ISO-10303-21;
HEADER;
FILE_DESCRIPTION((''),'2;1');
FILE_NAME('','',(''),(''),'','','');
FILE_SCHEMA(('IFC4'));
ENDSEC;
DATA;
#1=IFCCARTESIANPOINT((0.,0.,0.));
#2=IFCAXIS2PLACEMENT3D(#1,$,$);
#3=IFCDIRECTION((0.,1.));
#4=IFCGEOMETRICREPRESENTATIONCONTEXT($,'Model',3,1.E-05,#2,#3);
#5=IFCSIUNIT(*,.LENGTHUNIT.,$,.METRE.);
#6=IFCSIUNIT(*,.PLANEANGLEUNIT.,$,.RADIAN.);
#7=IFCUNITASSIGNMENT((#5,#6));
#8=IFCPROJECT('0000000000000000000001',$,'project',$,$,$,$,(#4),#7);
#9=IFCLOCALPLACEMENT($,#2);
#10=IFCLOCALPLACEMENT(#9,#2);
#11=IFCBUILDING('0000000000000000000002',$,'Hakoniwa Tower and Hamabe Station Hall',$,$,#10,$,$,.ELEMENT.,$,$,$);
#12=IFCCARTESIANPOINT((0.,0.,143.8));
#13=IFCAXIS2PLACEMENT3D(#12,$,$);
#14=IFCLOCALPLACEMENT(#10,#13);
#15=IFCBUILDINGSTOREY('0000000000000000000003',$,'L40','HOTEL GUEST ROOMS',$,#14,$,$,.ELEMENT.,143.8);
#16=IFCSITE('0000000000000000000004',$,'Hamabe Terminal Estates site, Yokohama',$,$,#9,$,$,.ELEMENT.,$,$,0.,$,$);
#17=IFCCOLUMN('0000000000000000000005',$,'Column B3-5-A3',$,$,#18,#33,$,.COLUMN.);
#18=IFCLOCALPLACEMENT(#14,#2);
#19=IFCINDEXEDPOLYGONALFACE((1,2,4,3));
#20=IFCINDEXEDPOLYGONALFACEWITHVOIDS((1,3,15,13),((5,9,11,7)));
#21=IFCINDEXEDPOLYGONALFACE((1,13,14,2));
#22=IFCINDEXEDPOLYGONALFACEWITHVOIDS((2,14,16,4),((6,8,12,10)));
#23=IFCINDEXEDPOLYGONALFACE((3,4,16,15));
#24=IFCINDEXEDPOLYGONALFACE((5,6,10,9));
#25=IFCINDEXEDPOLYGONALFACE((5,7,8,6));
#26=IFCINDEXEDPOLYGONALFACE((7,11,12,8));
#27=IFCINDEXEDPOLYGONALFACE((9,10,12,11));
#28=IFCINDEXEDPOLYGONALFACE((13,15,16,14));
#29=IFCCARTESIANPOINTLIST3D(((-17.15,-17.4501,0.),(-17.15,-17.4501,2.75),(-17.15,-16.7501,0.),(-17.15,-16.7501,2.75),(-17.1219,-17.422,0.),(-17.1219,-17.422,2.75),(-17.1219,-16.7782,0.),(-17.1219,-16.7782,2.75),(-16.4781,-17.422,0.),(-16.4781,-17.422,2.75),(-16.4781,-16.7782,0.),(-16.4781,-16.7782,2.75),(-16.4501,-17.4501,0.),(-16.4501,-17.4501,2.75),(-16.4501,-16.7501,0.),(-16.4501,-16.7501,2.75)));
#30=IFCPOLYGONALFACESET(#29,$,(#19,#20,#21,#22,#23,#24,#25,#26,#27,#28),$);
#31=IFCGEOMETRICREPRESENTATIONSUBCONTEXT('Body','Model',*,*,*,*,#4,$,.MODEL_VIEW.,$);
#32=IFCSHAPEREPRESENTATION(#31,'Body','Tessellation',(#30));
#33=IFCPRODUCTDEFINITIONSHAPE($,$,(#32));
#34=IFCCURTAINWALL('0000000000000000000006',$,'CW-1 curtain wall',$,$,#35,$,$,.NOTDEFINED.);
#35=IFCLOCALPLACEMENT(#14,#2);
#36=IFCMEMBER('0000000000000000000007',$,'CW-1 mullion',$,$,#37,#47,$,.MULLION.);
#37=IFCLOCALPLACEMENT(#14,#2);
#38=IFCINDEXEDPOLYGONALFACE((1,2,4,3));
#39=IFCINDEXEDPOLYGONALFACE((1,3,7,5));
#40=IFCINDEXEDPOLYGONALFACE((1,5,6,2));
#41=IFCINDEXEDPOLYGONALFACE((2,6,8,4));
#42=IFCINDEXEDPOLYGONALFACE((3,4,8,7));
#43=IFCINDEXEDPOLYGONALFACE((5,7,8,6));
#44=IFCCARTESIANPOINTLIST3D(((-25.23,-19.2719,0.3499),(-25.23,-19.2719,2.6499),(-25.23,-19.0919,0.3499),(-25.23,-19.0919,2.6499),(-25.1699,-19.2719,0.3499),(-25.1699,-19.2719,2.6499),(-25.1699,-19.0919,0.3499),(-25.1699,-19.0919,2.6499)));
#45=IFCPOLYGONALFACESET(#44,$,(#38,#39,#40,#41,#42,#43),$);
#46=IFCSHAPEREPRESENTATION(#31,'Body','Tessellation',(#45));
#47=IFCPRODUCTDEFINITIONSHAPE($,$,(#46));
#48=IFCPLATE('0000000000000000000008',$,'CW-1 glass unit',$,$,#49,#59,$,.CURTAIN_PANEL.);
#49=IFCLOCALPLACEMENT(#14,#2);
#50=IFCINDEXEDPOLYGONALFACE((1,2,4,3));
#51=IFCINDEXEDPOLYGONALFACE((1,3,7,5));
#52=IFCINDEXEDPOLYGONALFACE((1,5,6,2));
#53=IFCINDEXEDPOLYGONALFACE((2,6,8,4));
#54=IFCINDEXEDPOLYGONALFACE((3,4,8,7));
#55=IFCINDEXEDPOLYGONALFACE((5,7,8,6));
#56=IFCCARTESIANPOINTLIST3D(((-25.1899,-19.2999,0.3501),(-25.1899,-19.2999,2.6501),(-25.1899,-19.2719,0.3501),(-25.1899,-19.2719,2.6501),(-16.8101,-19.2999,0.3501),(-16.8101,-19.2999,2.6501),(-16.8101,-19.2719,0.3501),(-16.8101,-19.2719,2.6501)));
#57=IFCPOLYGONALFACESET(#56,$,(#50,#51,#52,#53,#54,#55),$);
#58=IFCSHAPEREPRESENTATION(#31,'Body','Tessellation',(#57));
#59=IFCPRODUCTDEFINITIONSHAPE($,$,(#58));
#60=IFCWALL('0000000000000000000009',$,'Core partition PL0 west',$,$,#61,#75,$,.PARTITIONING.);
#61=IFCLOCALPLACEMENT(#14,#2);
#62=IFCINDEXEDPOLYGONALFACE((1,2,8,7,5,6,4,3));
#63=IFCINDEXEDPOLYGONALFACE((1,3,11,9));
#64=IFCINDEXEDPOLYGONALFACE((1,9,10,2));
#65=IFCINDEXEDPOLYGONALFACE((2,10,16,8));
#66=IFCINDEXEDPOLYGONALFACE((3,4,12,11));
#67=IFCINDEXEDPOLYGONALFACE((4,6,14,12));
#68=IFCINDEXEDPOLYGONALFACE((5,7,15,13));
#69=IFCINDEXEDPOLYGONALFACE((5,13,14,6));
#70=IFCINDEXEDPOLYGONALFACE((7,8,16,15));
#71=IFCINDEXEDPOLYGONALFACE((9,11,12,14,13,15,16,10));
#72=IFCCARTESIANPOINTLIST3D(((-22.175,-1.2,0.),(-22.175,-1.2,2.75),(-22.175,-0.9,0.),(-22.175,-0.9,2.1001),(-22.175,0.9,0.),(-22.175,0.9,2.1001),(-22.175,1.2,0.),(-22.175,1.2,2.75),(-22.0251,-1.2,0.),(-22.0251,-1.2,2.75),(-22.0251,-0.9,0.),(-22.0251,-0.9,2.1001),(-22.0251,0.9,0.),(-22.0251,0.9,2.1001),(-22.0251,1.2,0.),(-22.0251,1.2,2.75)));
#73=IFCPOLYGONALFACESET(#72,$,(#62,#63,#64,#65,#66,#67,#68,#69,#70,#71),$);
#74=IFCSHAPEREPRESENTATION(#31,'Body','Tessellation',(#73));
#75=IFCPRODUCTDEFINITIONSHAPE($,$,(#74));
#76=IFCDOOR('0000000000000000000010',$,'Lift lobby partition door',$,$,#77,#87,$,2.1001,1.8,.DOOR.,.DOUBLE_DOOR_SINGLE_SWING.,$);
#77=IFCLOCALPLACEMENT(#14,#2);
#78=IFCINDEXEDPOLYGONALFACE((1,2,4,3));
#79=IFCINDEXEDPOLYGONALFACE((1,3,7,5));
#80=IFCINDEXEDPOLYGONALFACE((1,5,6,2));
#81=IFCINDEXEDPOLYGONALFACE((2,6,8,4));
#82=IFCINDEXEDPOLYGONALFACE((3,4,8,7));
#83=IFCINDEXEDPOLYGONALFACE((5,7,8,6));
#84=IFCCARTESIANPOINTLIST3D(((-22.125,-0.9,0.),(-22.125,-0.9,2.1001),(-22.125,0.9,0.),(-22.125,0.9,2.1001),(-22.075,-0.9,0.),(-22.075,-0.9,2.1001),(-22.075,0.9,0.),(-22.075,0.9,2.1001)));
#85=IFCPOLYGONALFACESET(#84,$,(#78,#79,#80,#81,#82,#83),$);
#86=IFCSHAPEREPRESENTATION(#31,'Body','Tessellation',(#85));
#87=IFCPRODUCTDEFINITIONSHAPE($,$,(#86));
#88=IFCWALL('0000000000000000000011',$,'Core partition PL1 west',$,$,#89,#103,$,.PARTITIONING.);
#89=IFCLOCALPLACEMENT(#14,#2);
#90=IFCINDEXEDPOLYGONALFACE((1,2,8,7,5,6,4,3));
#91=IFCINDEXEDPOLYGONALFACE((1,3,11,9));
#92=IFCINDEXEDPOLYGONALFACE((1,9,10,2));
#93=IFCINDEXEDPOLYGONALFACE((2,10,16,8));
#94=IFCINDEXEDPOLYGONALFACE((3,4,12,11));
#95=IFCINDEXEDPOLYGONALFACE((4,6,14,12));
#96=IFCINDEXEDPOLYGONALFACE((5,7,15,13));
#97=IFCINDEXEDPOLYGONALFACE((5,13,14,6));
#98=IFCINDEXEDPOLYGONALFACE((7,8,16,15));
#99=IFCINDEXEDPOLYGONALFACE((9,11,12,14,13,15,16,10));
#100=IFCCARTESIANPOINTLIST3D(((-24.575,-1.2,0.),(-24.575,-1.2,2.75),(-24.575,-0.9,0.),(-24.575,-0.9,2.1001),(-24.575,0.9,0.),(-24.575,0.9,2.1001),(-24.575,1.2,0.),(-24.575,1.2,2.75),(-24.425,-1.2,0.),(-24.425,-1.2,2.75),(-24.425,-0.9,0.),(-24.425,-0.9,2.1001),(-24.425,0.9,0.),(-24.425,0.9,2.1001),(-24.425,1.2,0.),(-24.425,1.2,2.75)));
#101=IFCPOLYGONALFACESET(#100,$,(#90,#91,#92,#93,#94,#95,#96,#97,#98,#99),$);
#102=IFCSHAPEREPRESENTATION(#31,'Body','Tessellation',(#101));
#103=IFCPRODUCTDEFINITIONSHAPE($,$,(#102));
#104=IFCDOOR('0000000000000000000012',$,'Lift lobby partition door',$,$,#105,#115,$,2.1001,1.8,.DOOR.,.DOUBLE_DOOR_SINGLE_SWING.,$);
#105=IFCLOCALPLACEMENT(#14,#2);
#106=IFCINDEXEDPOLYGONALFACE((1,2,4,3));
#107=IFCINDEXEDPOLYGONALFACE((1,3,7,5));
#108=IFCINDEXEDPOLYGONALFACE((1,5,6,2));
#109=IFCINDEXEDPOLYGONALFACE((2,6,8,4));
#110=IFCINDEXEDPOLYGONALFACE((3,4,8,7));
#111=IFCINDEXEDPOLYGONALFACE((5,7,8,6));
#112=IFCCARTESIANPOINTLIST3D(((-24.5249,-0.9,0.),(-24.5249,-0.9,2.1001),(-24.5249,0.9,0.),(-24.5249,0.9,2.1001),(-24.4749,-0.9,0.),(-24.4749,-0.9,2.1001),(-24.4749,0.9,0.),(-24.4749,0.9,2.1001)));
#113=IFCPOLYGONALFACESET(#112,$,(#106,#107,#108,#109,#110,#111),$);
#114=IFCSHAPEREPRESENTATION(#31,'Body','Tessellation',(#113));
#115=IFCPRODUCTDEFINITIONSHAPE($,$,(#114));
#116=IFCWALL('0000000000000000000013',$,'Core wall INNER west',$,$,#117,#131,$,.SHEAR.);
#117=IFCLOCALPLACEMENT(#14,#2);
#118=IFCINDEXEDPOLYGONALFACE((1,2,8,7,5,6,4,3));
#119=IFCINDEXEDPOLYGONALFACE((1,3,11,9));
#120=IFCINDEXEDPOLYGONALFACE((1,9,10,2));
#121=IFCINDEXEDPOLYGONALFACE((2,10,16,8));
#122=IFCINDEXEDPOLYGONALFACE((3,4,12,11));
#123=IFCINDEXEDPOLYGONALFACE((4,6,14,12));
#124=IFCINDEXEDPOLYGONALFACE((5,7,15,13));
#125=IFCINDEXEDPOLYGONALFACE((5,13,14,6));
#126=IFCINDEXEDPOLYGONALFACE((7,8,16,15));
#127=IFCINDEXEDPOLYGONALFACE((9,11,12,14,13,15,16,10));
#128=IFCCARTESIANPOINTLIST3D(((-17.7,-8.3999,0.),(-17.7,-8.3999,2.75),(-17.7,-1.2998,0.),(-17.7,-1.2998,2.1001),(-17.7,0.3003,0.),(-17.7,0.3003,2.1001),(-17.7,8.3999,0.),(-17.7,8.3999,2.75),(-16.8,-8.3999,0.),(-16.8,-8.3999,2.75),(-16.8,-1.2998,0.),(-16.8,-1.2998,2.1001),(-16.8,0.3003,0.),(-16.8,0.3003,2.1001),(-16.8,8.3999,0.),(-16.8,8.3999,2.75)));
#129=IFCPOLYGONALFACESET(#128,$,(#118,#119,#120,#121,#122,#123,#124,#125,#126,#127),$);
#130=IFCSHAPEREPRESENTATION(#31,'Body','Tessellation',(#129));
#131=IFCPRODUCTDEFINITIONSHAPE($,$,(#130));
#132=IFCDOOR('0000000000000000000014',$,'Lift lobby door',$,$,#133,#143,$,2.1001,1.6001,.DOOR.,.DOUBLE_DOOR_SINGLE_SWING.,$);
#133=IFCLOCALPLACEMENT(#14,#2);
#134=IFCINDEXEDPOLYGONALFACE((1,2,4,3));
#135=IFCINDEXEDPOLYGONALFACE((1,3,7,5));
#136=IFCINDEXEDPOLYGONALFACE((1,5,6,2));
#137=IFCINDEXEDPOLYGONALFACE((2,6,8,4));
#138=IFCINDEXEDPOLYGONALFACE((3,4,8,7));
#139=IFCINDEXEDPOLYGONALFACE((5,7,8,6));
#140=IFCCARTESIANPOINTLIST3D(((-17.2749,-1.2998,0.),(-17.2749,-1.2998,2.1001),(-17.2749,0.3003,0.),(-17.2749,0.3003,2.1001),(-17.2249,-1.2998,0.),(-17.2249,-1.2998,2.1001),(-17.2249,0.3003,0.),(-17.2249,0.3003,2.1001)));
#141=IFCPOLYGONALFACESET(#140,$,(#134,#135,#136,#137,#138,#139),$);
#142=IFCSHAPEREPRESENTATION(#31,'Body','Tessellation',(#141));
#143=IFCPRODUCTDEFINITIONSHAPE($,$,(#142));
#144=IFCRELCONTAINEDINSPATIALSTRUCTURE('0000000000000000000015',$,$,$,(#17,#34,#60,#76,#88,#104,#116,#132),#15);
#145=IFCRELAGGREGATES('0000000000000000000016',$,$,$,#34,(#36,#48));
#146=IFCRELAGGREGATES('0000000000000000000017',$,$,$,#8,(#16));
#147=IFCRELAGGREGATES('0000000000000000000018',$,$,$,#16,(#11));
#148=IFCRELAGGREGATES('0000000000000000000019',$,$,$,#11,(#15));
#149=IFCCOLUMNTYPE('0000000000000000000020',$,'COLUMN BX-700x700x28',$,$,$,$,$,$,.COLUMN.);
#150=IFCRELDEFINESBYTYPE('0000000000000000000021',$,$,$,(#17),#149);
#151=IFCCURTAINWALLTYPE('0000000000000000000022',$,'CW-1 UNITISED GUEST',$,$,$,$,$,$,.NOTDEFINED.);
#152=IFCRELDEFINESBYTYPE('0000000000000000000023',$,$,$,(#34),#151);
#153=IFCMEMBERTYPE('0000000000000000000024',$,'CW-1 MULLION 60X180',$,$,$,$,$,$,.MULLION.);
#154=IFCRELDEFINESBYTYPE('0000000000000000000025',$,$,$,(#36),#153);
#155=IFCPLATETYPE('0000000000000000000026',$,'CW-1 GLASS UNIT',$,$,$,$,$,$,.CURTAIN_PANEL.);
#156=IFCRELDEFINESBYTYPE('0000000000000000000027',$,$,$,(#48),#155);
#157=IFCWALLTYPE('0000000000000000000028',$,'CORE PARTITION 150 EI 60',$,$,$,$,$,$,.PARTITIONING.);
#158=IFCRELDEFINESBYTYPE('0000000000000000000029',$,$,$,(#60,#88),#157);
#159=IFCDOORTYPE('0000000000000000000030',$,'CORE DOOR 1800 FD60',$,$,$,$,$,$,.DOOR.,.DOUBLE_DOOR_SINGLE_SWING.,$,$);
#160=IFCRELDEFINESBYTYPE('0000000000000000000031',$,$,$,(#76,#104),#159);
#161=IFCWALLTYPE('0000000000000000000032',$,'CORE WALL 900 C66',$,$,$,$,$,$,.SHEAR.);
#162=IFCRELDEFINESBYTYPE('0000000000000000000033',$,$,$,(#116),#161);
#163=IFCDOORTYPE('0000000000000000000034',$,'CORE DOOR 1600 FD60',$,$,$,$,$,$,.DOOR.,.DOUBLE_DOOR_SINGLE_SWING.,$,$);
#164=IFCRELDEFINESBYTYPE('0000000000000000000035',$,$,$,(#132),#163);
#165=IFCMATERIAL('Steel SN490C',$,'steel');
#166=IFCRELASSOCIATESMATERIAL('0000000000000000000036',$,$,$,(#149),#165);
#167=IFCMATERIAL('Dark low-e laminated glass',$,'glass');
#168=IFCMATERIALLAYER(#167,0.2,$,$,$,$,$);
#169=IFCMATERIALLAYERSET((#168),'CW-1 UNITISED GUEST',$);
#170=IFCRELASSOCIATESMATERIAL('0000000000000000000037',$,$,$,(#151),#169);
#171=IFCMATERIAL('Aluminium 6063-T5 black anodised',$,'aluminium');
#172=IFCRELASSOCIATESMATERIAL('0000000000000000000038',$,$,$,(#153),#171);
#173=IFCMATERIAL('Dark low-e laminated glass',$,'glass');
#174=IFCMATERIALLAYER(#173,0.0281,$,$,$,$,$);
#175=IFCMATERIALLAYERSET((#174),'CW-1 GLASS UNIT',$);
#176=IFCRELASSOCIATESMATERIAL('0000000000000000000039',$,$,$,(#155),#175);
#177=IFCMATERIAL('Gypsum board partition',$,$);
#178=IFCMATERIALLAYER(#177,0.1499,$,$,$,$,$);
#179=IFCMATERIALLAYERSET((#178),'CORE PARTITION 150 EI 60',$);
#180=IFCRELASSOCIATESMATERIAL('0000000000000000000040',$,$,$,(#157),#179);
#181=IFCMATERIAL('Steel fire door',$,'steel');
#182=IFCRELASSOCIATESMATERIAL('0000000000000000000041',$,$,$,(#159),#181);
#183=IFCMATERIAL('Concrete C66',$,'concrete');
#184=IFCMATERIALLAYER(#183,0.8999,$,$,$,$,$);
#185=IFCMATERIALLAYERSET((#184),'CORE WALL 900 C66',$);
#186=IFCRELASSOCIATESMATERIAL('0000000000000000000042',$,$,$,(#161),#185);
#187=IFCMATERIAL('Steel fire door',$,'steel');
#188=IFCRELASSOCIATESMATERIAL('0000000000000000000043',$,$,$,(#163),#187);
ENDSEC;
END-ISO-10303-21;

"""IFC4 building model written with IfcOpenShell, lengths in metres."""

from ifc_helpers import new_model, si_unit, direction, frame, frame_2d, origin, origin_2d, place, context, subcontext, project, spatial, rectangle, hollow_rectangle, extrude, material, layer, layer_set, material_profile, profile_set, type_object, element, fill, aggregate, save


model = new_model("IFC4")

# Units and contexts
model_context = context("Model", 3, precision=1e-05, world=origin(), true_north=direction((0.0, 1.0)))
body_context = subcontext(model_context, "Body", "Model", "MODEL_VIEW")
ifc_project = project(units=[si_unit("LENGTHUNIT", "METRE"), si_unit("PLANEANGLEUNIT", "RADIAN")], contexts=[model_context])

# Site, building, storey
site_placement = place(None, origin())
site = spatial("IfcSite", under=ifc_project, at=site_placement, Name="Hamabe Terminal Estates site, Yokohama", CompositionType="ELEMENT", RefElevation=0.0)
building_placement = place(site_placement, origin())
building = spatial("IfcBuilding", under=site, at=building_placement, Name="Hakoniwa Tower and Hamabe Station Hall", CompositionType="ELEMENT")
storey_placement = place(building_placement, frame((0.0, 0.0, 143.8)))
storey = spatial("IfcBuildingStorey", under=building, at=storey_placement, Name="L40", Description="HOTEL GUEST ROOMS", CompositionType="ELEMENT", Elevation=143.8)

# Column
ifc_material_1 = material(Name="Steel SN490C", Category="steel")
ifc_material_profile_1 = material_profile(ifc_material_1, hollow_rectangle(XDim=0.7, YDim=0.7, WallThickness=0.0281, at=origin_2d()), Name="BX-700x700x28")
ifc_profile_set_1 = profile_set([ifc_material_profile_1], Name="Steel SN490C")
column_type = type_object("IfcColumnType", Name="COLUMN BX-700x700x28", PredefinedType="COLUMN", material=ifc_profile_set_1)
column_placement = place(storey_placement, frame((-16.8, -17.1001, 0.0), z_axis=(0.0, 0.0, 1.0), x_axis=(1.0, 0.0, 0.0)))
element("IfcColumn", 1, at=column_placement, inside=storey, type_object=column_type, Name="Column B3-5-A3", PredefinedType="COLUMN", context=body_context, shape_type="SweptSolid", body=[
    extrude(hollow_rectangle(XDim=0.7, YDim=0.7, WallThickness=0.0281, at=origin_2d()), origin(), (0.0, 0.0, 1.0), 2.75),
])

# Curtain wall, member, plate
ifc_material_2 = material(Name="Dark low-e laminated glass", Category="glass")
ifc_layer_1 = layer(ifc_material_2, 0.2)
ifc_layer_set_1 = layer_set([ifc_layer_1], Name="CW-1 UNITISED GUEST")
curtain_wall_type = type_object("IfcCurtainWallType", Name="CW-1 UNITISED GUEST", PredefinedType="NOTDEFINED", material=ifc_layer_set_1)
curtain_wall_placement = place(storey_placement, origin())
curtain_wall = element("IfcCurtainWall", 2, at=curtain_wall_placement, inside=storey, type_object=curtain_wall_type, Name="CW-1 curtain wall", PredefinedType="NOTDEFINED")
ifc_material_3 = material(Name="Aluminium 6063-T5 black anodised", Category="aluminium")
ifc_material_profile_2 = material_profile(ifc_material_3, rectangle(XDim=0.0601, YDim=0.1799, at=origin_2d()), Name="CW-1 MULLION 60X180")
ifc_profile_set_2 = profile_set([ifc_material_profile_2], Name="Aluminium 6063-T5 black anodised")
member_type = type_object("IfcMemberType", Name="CW-1 MULLION 60X180", PredefinedType="MULLION", material=ifc_profile_set_2)
member_placement = place(storey_placement, frame((-25.2, -19.1819, 0.3499), z_axis=(0.0, 0.0, 1.0), x_axis=(1.0, 0.0, 0.0)))
member = element("IfcMember", 3, at=member_placement, type_object=member_type, Name="CW-1 mullion", PredefinedType="MULLION", context=body_context, shape_type="SweptSolid", body=[
    extrude(rectangle(XDim=0.0601, YDim=0.1799, at=origin_2d()), origin(), (0.0, 0.0, 1.0), 2.3),
])
ifc_material_4 = material(Name="Dark low-e laminated glass", Category="glass")
ifc_layer_2 = layer(ifc_material_4, 0.0281)
ifc_layer_set_2 = layer_set([ifc_layer_2], Name="CW-1 GLASS UNIT")
plate_type = type_object("IfcPlateType", Name="CW-1 GLASS UNIT", PredefinedType="CURTAIN_PANEL", material=ifc_layer_set_2)
plate_placement = place(storey_placement, frame((-21.0, -19.2859, 0.3501), z_axis=(0.0, 0.0, 1.0), x_axis=(1.0, 0.0, 0.0)))
plate = element("IfcPlate", 4, at=plate_placement, type_object=plate_type, Name="CW-1 glass unit", PredefinedType="CURTAIN_PANEL", context=body_context, shape_type="SweptSolid", body=[
    extrude(rectangle(XDim=8.3799, YDim=0.0281, at=origin_2d()), origin(), (0.0, 0.0, 1.0), 2.3),
])
aggregate(curtain_wall, [member, plate])

# Walls, openings, doors
ifc_material_5 = material(Name="Gypsum board partition")
ifc_layer_3 = layer(ifc_material_5, 0.1499)
ifc_layer_set_3 = layer_set([ifc_layer_3], Name="CORE PARTITION 150 EI 60")
wall_type_1 = type_object("IfcWallType", Name="CORE PARTITION 150 EI 60", PredefinedType="PARTITIONING", material=ifc_layer_set_3)
wall_1_placement = place(storey_placement, frame((-22.1001, -1.2, 0.0), z_axis=(0.0, 0.0, 1.0), x_axis=(0.0, 1.0, 0.0)))
wall_1 = element("IfcWall", 5, at=wall_1_placement, inside=storey, type_object=wall_type_1, Name="Core partition PL0 west", PredefinedType="PARTITIONING", context=body_context, shape_type="SweptSolid", body=[
    extrude(rectangle(XDim=2.3999, YDim=0.1499, at=frame_2d((1.2, 0.0))), origin(), (0.0, 0.0, 1.0), 2.75),
])
opening_1_placement = place(wall_1_placement, frame((0.3, 0.0, 0.0)))
opening_1 = element("IfcOpeningElement", 6, at=opening_1_placement, cuts=wall_1, PredefinedType="OPENING", context=body_context, shape_type="SweptSolid", body=[
    extrude(rectangle(XDim=1.8, YDim=2.1001, at=frame_2d((0.8999, 1.05))), frame((0.0, 0.085, 0.0), z_axis=(0.0, -1.0, 0.0), x_axis=(1.0, 0.0, 0.0)), (0.0, 0.0, 1.0), 0.1699),
])
ifc_material_6 = material(Name="Steel fire door", Category="steel")
door_type_1 = type_object("IfcDoorType", Name="CORE DOOR 1800 FD60", OperationType="DOUBLE_DOOR_SINGLE_SWING", PredefinedType="DOOR", material=ifc_material_6)
door_1_placement = place(opening_1_placement, origin())
door_1 = element("IfcDoor", 7, at=door_1_placement, inside=storey, type_object=door_type_1, Name="Lift lobby partition door", OperationType="DOUBLE_DOOR_SINGLE_SWING", OverallHeight=2.1001, OverallWidth=1.8, PredefinedType="DOOR", context=body_context, shape_type="SweptSolid", body=[
    extrude(rectangle(XDim=1.8, YDim=2.1001, at=frame_2d((0.8999, 1.05))), frame((0.0, 0.0249, 0.0), z_axis=(0.0, -1.0, 0.0), x_axis=(1.0, 0.0, 0.0)), (0.0, 0.0, 1.0), 0.05),
])
fill(opening_1, door_1)
wall_2_placement = place(storey_placement, frame((-24.5, -1.2, 0.0), z_axis=(0.0, 0.0, 1.0), x_axis=(0.0, 1.0, 0.0)))
wall_2 = element("IfcWall", 8, at=wall_2_placement, inside=storey, type_object=wall_type_1, Name="Core partition PL1 west", PredefinedType="PARTITIONING", context=body_context, shape_type="SweptSolid", body=[
    extrude(rectangle(XDim=2.3999, YDim=0.1499, at=frame_2d((1.2, 0.0))), origin(), (0.0, 0.0, 1.0), 2.75),
])
opening_2_placement = place(wall_2_placement, frame((0.3, 0.0, 0.0)))
opening_2 = element("IfcOpeningElement", 9, at=opening_2_placement, cuts=wall_2, PredefinedType="OPENING", context=body_context, shape_type="SweptSolid", body=[
    extrude(rectangle(XDim=1.8, YDim=2.1001, at=frame_2d((0.8999, 1.05))), frame((0.0, 0.085, 0.0), z_axis=(0.0, -1.0, 0.0), x_axis=(1.0, 0.0, 0.0)), (0.0, 0.0, 1.0), 0.1699),
])
door_2_placement = place(opening_2_placement, origin())
door_2 = element("IfcDoor", 10, at=door_2_placement, inside=storey, type_object=door_type_1, Name="Lift lobby partition door", OperationType="DOUBLE_DOOR_SINGLE_SWING", OverallHeight=2.1001, OverallWidth=1.8, PredefinedType="DOOR", context=body_context, shape_type="SweptSolid", body=[
    extrude(rectangle(XDim=1.8, YDim=2.1001, at=frame_2d((0.8999, 1.05))), frame((0.0, 0.0249, 0.0), z_axis=(0.0, -1.0, 0.0), x_axis=(1.0, 0.0, 0.0)), (0.0, 0.0, 1.0), 0.05),
])
fill(opening_2, door_2)
ifc_material_7 = material(Name="Concrete C66", Category="concrete")
ifc_layer_4 = layer(ifc_material_7, 0.8999)
ifc_layer_set_4 = layer_set([ifc_layer_4], Name="CORE WALL 900 C66")
wall_type_2 = type_object("IfcWallType", Name="CORE WALL 900 C66", PredefinedType="SHEAR", material=ifc_layer_set_4)
wall_3_placement = place(storey_placement, frame((-17.25, -8.3999, 0.0), z_axis=(0.0, 0.0, 1.0), x_axis=(0.0, 1.0, 0.0)))
wall_3 = element("IfcWall", 11, at=wall_3_placement, inside=storey, type_object=wall_type_2, Name="Core wall INNER west", PredefinedType="SHEAR", context=body_context, shape_type="SweptSolid", body=[
    extrude(rectangle(XDim=16.7998, YDim=0.8999, at=frame_2d((8.3999, 0.0))), origin(), (0.0, 0.0, 1.0), 2.75),
])
opening_3_placement = place(wall_3_placement, frame((7.1001, 0.0, 0.0)))
opening_3 = element("IfcOpeningElement", 12, at=opening_3_placement, cuts=wall_3, PredefinedType="OPENING", context=body_context, shape_type="SweptSolid", body=[
    extrude(rectangle(XDim=1.6001, YDim=2.1001, at=frame_2d((0.8, 1.05))), frame((0.0, 0.46, 0.0), z_axis=(0.0, -1.0, 0.0), x_axis=(1.0, 0.0, 0.0)), (0.0, 0.0, 1.0), 0.9199),
])
ifc_material_8 = material(Name="Steel fire door", Category="steel")
door_type_2 = type_object("IfcDoorType", Name="CORE DOOR 1600 FD60", OperationType="DOUBLE_DOOR_SINGLE_SWING", PredefinedType="DOOR", material=ifc_material_8)
door_3_placement = place(opening_3_placement, origin())
door_3 = element("IfcDoor", 13, at=door_3_placement, inside=storey, type_object=door_type_2, Name="Lift lobby door", OperationType="DOUBLE_DOOR_SINGLE_SWING", OverallHeight=2.1001, OverallWidth=1.6001, PredefinedType="DOOR", context=body_context, shape_type="SweptSolid", body=[
    extrude(rectangle(XDim=1.6001, YDim=2.1001, at=frame_2d((0.8, 1.05))), frame((0.0, 0.0249, 0.0), z_axis=(0.0, -1.0, 0.0), x_axis=(1.0, 0.0, 0.0)), (0.0, 0.0, 1.0), 0.05),
])
fill(opening_3, door_3)

save(model, "model.ifc")
